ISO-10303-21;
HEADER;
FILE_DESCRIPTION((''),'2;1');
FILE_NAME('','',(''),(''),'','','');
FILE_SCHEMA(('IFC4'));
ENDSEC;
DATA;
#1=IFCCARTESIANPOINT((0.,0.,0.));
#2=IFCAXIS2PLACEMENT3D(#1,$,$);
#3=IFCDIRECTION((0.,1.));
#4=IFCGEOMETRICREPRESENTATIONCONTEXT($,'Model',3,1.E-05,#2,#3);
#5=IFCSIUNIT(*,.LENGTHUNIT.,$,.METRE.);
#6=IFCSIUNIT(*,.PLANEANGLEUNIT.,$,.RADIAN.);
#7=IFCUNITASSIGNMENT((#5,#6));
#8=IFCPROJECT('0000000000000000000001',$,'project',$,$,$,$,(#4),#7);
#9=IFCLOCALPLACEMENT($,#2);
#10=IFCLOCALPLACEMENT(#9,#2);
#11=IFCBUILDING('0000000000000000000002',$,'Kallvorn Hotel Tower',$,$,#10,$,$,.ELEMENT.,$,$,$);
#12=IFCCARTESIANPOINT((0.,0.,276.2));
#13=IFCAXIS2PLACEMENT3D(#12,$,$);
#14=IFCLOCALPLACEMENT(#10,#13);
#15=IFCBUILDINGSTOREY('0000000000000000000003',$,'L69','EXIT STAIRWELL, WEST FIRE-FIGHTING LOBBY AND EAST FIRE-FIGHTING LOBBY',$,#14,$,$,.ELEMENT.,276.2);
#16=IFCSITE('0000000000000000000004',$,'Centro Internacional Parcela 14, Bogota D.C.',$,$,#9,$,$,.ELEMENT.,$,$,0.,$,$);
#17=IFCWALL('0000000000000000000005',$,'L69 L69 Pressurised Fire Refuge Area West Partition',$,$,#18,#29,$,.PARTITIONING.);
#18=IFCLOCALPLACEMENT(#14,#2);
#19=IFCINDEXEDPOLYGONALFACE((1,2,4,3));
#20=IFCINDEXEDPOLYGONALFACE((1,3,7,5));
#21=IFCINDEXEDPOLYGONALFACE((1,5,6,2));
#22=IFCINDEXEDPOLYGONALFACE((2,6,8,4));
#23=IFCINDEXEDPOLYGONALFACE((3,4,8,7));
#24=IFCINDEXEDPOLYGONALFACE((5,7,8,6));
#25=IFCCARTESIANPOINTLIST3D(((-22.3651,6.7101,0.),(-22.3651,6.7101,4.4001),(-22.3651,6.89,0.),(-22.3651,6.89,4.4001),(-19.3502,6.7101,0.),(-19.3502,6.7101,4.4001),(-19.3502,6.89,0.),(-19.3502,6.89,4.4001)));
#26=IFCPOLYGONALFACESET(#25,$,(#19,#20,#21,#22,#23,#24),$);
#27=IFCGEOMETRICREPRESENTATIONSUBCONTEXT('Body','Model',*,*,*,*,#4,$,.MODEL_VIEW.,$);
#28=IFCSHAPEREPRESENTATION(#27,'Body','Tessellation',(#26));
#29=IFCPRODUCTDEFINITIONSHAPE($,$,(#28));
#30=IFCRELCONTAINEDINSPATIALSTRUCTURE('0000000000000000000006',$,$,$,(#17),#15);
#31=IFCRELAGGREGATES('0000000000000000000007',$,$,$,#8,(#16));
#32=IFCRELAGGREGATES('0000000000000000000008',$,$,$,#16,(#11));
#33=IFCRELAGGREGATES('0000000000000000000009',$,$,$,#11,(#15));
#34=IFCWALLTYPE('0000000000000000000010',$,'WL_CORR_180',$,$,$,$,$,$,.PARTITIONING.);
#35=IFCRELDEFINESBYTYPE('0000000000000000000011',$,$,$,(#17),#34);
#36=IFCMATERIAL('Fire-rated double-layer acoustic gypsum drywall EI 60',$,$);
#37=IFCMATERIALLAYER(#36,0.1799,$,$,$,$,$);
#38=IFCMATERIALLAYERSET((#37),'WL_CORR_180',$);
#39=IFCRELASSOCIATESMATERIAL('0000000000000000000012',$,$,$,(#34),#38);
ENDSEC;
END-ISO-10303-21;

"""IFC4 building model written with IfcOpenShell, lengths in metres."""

from ifc_helpers import new_model, si_unit, direction, frame, frame_2d, origin, place, context, subcontext, project, spatial, rectangle, extrude, material, layer, layer_set, type_object, element, save


model = new_model("IFC4")

# Units and contexts
model_context = context("Model", 3, precision=1e-05, world=origin(), true_north=direction((0.0, 1.0)))
body_context = subcontext(model_context, "Body", "Model", "MODEL_VIEW")
ifc_project = project(units=[si_unit("LENGTHUNIT", "METRE"), si_unit("PLANEANGLEUNIT", "RADIAN")], contexts=[model_context])

# Site, building, storey
site_placement = place(None, origin())
site = spatial("IfcSite", under=ifc_project, at=site_placement, Name="Centro Internacional Parcela 14, Bogota D.C.", CompositionType="ELEMENT", RefElevation=0.0)
building_placement = place(site_placement, origin())
building = spatial("IfcBuilding", under=site, at=building_placement, Name="Kallvorn Hotel Tower", CompositionType="ELEMENT")
storey_placement = place(building_placement, frame((0.0, 0.0, 276.2)))
storey = spatial("IfcBuildingStorey", under=building, at=storey_placement, Name="L69", Description="EXIT STAIRWELL, WEST FIRE-FIGHTING LOBBY AND EAST FIRE-FIGHTING LOBBY", CompositionType="ELEMENT", Elevation=276.2)

# Wall
ifc_material_1 = material(Name="Fire-rated double-layer acoustic gypsum drywall EI 60")
ifc_layer_1 = layer(ifc_material_1, 0.1799)
ifc_layer_set_1 = layer_set([ifc_layer_1], Name="WL_CORR_180")
wall_type = type_object("IfcWallType", Name="WL_CORR_180", PredefinedType="PARTITIONING", material=ifc_layer_set_1)
wall_placement = place(storey_placement, frame((-22.365, 6.8, 0.0), z_axis=(0.0, 0.0, 1.0), x_axis=(1.0, 0.0, 0.0)))
element("IfcWall", 1, at=wall_placement, inside=storey, type_object=wall_type, Name="L69 L69 Pressurised Fire Refuge Area West Partition", PredefinedType="PARTITIONING", context=body_context, shape_type="SweptSolid", body=[
    extrude(rectangle(XDim=3.0149, YDim=0.1799, at=frame_2d((1.5073, 0.0))), origin(), (0.0, 0.0, 1.0), 4.4001),
])

save(model, "model.ifc")
